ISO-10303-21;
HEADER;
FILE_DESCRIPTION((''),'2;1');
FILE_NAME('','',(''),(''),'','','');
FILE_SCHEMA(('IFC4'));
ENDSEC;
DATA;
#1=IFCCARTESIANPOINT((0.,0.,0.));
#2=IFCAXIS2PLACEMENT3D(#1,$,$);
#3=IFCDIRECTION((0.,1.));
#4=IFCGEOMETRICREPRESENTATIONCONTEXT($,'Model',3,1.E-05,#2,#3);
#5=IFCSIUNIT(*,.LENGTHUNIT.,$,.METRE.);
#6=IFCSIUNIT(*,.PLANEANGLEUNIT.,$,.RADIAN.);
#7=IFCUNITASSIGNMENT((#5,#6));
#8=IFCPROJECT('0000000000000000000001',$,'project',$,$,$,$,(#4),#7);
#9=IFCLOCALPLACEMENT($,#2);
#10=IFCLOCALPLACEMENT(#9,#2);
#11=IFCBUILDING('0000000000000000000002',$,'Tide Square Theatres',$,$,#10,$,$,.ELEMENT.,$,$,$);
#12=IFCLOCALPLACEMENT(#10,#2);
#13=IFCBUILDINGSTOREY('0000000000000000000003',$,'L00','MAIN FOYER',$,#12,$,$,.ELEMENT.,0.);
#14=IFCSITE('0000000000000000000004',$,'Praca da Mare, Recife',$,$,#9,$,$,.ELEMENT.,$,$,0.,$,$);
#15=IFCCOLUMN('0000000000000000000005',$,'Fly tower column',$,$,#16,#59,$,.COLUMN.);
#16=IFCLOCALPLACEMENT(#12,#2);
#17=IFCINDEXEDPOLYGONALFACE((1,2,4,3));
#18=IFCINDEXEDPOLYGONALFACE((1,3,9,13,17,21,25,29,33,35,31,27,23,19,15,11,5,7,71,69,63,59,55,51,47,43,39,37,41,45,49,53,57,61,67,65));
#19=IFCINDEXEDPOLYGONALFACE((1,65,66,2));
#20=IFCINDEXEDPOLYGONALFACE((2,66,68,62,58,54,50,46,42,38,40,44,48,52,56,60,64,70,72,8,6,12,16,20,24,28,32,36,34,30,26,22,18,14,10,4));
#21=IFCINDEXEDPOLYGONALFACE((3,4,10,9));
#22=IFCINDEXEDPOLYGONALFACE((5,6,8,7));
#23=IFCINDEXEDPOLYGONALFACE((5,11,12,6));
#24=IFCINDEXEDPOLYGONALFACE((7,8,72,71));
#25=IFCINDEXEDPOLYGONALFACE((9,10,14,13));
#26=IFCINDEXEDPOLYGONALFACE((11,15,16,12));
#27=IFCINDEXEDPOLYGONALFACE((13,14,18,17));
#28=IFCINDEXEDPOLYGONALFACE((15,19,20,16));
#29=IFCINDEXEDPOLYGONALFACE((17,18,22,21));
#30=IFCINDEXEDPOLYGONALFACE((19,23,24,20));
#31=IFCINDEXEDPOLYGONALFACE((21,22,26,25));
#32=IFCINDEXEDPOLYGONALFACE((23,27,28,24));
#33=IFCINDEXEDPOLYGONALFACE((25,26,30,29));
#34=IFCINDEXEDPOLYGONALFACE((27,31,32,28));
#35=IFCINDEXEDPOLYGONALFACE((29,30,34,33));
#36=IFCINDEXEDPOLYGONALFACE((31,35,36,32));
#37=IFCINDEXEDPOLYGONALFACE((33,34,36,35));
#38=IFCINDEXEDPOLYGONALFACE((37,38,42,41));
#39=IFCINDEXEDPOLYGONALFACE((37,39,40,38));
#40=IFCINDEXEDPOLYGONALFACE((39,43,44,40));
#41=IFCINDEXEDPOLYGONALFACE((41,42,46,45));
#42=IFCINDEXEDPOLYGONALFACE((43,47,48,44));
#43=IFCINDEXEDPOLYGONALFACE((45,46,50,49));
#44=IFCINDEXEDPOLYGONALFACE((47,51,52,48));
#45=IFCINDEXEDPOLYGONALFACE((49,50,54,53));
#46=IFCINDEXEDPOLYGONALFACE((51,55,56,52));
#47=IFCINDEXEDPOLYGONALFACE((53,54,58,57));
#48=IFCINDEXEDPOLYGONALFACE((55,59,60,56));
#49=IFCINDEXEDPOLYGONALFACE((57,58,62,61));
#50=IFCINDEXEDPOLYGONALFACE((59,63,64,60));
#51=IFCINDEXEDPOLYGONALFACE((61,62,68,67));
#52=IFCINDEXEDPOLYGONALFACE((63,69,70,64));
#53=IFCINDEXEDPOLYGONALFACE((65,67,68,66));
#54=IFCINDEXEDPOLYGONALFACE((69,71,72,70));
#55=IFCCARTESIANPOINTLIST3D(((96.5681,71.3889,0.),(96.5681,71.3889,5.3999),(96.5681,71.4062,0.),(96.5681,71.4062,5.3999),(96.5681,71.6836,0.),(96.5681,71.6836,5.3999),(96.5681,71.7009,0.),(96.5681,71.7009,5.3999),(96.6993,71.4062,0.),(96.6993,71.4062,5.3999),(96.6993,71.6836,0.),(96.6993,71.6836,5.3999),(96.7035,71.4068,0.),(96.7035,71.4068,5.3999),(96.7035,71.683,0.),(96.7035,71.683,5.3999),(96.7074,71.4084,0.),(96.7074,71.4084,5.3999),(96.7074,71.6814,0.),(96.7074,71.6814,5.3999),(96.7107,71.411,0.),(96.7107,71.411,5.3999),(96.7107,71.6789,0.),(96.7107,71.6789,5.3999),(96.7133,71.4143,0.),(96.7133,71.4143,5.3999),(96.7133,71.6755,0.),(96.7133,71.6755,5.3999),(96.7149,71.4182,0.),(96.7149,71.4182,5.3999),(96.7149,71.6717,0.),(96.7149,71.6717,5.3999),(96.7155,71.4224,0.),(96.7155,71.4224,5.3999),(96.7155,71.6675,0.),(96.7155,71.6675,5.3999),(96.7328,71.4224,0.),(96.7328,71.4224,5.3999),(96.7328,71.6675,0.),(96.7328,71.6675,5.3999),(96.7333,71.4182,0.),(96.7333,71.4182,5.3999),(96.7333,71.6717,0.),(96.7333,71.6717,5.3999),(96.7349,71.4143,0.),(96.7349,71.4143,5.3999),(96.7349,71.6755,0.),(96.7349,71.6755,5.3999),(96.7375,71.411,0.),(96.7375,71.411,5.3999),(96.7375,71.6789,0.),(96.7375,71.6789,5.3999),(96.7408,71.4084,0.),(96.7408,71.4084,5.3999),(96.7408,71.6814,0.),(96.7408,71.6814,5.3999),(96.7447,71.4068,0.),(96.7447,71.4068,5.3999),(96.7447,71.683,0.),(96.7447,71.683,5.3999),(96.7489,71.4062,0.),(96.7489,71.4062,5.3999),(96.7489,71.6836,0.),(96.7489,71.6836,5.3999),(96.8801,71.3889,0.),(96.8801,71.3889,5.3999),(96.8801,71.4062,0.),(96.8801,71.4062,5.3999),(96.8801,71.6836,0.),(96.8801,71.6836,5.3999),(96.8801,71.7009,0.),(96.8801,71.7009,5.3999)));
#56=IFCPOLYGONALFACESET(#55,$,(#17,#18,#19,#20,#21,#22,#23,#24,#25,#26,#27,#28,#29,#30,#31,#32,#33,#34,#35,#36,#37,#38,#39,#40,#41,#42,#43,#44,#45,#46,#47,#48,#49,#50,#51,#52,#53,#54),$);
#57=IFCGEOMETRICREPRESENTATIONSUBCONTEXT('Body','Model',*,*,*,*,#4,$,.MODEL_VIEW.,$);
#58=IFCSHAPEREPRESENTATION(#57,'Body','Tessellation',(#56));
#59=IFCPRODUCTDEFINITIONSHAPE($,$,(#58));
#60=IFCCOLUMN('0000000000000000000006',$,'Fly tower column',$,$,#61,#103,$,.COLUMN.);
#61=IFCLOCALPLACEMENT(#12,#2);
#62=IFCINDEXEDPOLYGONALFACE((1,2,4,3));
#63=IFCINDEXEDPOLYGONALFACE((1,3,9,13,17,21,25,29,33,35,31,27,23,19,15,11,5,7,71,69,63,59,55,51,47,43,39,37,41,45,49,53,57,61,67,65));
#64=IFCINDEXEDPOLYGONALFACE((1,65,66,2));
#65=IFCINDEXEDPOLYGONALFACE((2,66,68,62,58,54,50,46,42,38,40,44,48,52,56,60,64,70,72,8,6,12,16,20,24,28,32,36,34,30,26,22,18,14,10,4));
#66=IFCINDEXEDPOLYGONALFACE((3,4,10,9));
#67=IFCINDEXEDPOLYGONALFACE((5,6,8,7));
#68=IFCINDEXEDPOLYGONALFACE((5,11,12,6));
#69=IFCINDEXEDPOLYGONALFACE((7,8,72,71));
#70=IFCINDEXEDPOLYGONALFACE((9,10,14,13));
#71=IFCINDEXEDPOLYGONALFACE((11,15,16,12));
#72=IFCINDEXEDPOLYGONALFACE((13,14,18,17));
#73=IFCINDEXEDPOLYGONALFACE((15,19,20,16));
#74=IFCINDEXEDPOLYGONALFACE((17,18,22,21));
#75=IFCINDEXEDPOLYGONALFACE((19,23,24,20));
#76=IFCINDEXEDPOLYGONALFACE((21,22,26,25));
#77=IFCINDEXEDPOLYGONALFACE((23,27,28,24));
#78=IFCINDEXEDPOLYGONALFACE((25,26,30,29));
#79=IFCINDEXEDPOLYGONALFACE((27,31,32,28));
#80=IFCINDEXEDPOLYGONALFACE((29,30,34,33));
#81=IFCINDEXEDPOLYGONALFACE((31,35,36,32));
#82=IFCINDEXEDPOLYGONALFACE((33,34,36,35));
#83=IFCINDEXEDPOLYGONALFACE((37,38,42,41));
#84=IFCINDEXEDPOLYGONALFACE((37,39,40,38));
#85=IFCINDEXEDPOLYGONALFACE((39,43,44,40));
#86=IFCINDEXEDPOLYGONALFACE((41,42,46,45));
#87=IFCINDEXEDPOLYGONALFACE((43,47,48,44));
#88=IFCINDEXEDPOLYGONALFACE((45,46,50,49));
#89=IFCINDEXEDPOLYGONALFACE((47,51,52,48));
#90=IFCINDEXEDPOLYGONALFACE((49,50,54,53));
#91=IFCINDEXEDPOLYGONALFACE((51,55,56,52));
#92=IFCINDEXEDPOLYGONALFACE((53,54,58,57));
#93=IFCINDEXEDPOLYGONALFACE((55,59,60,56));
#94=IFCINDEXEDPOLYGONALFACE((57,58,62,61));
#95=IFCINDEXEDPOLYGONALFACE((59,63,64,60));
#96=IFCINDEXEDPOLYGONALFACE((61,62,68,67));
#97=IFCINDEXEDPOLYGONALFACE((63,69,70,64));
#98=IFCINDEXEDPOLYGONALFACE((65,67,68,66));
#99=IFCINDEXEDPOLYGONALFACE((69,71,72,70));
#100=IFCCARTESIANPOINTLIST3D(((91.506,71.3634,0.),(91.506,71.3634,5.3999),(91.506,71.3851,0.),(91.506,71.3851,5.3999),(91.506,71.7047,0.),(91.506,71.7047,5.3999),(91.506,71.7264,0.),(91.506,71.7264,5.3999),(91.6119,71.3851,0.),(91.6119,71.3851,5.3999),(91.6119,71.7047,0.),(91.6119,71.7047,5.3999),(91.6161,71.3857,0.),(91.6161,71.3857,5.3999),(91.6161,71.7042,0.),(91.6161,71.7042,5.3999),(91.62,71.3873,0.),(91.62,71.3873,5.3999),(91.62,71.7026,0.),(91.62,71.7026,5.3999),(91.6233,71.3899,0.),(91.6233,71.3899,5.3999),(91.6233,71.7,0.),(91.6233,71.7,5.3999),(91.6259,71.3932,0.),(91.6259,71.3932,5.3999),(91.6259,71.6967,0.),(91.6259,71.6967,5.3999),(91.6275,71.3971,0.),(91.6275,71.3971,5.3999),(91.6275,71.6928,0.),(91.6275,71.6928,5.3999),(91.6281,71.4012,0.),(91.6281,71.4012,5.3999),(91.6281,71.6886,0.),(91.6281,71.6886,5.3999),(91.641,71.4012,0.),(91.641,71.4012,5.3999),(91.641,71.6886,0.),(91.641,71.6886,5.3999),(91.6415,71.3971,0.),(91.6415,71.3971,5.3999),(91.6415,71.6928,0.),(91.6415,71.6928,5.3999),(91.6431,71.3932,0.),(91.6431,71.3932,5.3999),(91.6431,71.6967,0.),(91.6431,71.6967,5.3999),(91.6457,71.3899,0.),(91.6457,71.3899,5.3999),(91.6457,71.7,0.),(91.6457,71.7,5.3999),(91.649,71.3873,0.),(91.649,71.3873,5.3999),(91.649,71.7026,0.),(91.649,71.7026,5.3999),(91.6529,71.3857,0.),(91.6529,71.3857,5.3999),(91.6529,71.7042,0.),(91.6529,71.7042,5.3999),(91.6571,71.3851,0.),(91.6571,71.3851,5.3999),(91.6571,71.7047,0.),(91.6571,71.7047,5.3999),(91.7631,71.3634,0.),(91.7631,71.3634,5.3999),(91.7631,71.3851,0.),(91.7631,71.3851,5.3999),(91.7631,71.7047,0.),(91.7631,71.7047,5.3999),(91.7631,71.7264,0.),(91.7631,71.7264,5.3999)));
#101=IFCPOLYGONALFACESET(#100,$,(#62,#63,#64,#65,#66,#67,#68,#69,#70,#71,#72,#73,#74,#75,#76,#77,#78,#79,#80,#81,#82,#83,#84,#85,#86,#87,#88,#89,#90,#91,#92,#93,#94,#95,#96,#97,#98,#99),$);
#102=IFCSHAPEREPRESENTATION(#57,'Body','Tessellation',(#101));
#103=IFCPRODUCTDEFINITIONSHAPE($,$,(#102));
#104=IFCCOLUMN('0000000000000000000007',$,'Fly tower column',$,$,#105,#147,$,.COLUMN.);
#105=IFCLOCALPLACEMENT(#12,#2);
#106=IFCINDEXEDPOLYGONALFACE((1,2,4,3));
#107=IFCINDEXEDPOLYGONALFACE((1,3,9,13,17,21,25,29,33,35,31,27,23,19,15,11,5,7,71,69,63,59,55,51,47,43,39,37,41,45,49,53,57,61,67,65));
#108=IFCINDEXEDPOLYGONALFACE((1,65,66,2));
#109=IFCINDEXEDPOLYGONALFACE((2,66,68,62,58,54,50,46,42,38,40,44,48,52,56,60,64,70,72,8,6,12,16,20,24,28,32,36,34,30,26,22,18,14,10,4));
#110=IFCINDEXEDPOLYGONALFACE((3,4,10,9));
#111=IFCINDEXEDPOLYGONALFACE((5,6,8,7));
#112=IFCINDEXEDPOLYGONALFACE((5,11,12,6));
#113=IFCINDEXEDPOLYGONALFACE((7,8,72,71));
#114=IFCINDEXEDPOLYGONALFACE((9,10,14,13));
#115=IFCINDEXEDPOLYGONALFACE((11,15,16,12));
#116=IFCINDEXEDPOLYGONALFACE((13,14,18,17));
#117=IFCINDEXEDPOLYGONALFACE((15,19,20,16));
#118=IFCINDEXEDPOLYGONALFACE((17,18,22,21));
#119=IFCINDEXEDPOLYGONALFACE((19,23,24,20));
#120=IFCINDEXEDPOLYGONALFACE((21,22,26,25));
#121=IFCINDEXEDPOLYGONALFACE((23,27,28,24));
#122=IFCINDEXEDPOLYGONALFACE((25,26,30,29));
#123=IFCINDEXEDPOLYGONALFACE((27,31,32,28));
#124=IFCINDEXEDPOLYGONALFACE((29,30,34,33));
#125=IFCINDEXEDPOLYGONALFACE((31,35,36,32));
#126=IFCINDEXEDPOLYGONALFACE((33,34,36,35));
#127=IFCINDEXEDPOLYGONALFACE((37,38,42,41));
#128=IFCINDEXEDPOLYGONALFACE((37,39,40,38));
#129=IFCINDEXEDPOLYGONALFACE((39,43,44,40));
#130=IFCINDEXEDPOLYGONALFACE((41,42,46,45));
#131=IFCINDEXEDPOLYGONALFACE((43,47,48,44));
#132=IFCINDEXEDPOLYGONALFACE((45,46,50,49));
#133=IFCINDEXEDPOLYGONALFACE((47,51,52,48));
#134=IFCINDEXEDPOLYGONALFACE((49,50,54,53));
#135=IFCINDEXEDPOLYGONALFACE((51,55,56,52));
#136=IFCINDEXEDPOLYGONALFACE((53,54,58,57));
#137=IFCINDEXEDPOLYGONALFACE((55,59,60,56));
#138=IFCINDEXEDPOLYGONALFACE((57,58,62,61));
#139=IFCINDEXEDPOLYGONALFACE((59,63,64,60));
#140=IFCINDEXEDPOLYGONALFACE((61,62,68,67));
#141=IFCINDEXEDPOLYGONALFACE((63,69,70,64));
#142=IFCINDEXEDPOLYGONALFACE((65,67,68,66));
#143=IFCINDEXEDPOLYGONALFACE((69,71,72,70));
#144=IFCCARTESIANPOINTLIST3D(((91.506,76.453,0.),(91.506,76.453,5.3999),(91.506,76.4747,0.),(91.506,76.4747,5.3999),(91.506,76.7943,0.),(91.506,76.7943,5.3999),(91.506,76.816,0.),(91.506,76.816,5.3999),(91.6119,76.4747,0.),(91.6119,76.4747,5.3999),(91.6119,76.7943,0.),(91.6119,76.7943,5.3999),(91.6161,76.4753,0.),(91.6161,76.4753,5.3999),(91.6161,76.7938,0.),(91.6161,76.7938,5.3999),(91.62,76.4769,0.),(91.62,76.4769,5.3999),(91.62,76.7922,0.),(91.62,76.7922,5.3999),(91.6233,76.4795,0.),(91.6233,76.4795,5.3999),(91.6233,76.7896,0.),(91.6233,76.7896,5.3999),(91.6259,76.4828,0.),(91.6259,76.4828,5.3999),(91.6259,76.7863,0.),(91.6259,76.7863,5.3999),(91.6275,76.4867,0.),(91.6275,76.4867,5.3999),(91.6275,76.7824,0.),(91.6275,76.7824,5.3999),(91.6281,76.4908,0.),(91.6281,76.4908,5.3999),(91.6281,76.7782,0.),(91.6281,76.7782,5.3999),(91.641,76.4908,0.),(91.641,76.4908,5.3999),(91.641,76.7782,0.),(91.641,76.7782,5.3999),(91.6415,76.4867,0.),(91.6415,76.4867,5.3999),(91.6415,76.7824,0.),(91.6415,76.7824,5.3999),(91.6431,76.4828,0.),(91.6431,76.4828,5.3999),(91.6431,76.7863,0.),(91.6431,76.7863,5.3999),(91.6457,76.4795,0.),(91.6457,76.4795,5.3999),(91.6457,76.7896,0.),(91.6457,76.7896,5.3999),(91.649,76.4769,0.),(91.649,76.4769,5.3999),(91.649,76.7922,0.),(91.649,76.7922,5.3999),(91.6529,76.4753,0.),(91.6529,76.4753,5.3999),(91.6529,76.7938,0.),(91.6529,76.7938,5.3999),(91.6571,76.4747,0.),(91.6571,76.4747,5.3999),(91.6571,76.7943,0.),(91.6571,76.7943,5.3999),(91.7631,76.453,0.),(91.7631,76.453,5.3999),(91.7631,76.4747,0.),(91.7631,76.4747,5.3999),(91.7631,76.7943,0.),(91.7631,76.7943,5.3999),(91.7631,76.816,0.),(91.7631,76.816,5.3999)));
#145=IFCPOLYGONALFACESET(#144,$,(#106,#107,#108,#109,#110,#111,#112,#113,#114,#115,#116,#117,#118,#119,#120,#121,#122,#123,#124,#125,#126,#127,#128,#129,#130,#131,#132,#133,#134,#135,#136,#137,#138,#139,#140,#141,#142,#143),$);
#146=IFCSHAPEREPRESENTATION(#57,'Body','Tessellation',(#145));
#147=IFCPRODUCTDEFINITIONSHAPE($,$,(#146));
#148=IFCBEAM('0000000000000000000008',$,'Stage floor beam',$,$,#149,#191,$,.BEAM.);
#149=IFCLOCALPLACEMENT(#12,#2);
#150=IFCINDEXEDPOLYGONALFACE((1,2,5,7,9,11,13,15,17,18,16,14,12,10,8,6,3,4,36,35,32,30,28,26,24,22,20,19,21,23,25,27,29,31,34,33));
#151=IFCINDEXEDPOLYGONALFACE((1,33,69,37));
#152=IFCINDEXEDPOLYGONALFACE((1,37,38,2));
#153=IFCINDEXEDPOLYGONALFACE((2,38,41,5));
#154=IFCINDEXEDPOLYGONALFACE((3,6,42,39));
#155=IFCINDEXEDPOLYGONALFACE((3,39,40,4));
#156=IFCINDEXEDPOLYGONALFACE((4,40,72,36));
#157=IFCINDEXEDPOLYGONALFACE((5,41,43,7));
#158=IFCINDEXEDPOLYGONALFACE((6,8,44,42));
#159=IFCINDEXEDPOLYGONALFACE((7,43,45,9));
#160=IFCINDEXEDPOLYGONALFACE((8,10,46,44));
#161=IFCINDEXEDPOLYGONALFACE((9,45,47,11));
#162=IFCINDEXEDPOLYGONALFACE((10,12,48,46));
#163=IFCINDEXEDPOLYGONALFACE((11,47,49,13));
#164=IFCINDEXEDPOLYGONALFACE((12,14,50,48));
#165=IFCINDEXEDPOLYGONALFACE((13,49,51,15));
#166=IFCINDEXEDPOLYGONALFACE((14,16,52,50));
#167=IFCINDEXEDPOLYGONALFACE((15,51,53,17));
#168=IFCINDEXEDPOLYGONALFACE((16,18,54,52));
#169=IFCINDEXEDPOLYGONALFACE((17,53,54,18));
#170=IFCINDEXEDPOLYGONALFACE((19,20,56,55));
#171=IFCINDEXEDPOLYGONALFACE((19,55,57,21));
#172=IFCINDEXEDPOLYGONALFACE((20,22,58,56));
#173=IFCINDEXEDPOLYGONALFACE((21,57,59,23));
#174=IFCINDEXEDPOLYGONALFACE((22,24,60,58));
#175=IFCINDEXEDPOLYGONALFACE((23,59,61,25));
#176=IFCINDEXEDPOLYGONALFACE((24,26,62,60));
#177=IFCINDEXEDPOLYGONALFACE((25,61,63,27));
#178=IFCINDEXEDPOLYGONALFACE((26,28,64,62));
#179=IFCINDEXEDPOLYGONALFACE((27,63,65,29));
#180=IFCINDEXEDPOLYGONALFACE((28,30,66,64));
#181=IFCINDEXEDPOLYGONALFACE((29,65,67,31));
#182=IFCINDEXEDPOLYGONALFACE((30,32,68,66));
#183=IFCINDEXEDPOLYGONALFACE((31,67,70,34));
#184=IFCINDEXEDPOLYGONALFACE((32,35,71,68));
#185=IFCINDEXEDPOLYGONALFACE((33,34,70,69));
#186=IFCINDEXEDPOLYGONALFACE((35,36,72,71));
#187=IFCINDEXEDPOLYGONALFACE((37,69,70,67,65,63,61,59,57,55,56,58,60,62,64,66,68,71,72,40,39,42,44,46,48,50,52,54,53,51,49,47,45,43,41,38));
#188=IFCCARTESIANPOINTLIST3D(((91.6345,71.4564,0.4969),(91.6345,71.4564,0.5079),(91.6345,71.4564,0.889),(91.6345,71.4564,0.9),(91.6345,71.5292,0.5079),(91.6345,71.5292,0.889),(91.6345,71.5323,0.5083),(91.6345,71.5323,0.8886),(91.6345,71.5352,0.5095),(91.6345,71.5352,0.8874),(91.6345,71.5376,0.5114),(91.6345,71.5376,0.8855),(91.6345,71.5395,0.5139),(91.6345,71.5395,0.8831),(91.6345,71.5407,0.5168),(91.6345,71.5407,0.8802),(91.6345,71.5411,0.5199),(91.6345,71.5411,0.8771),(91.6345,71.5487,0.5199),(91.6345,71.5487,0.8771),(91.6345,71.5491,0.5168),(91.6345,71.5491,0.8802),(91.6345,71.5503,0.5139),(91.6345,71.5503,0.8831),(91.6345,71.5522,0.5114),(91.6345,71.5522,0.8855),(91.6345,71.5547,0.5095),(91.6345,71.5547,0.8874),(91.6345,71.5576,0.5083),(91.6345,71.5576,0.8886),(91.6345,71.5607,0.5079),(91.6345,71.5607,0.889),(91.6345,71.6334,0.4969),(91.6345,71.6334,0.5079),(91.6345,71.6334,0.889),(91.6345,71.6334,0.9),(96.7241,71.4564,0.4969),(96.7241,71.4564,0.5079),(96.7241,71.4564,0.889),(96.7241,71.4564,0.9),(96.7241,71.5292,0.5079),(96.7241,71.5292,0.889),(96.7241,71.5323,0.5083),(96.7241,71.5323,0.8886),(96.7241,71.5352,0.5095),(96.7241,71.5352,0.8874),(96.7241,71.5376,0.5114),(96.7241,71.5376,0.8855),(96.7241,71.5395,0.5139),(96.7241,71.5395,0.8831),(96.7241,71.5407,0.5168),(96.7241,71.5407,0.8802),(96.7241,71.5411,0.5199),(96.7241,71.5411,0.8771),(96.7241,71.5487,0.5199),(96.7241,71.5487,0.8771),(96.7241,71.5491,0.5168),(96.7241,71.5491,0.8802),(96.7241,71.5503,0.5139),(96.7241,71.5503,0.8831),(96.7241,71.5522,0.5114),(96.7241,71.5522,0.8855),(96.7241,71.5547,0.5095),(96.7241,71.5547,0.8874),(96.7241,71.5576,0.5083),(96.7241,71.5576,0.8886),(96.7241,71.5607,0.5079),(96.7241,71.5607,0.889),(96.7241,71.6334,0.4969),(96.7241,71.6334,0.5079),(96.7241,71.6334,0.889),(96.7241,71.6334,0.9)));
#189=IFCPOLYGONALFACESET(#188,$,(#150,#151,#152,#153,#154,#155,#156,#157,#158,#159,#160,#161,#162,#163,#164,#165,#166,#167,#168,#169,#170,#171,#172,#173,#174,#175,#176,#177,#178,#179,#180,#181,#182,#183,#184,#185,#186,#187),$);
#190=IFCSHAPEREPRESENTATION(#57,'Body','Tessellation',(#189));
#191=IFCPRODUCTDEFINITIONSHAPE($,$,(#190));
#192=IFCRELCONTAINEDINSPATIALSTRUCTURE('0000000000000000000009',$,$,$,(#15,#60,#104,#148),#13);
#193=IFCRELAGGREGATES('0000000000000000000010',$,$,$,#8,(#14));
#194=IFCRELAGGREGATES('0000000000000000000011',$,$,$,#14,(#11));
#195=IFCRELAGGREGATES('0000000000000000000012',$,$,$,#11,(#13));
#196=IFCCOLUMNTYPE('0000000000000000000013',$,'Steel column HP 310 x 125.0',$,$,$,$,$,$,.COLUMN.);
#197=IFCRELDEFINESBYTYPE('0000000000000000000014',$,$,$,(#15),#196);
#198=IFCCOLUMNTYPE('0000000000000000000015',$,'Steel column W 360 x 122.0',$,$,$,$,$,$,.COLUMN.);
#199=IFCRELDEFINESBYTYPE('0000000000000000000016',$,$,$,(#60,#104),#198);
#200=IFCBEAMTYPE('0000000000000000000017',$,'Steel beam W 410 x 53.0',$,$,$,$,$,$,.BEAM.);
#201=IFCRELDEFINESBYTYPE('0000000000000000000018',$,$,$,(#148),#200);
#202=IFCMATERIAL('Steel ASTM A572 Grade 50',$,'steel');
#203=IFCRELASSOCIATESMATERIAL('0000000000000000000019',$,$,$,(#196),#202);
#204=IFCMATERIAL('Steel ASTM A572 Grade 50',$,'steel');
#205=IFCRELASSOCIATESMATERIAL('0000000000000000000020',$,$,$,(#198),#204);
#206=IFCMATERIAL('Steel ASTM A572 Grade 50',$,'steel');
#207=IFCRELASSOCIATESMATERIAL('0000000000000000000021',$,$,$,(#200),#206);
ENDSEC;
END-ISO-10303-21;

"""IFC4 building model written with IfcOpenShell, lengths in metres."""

from ifc_helpers import new_model, si_unit, direction, frame, origin, origin_2d, place, context, subcontext, project, spatial, i_section, extrude, material, material_profile, profile_set, type_object, element, save


model = new_model("IFC4")

# Units and contexts
model_context = context("Model", 3, precision=1e-05, world=origin(), true_north=direction((0.0, 1.0)))
body_context = subcontext(model_context, "Body", "Model", "MODEL_VIEW")
ifc_project = project(units=[si_unit("LENGTHUNIT", "METRE"), si_unit("PLANEANGLEUNIT", "RADIAN")], contexts=[model_context])

# Site, building, storey
site_placement = place(None, origin())
site = spatial("IfcSite", under=ifc_project, at=site_placement, Name="Praca da Mare, Recife", CompositionType="ELEMENT", RefElevation=0.0)
building_placement = place(site_placement, origin())
building = spatial("IfcBuilding", under=site, at=building_placement, Name="Tide Square Theatres", CompositionType="ELEMENT")
storey_placement = place(building_placement, origin())
storey = spatial("IfcBuildingStorey", under=building, at=storey_placement, Name="L00", Description="MAIN FOYER", CompositionType="ELEMENT", Elevation=0.0)

# Columns
ifc_material_1 = material(Name="Steel ASTM A572 Grade 50", Category="steel")
ifc_material_profile_1 = material_profile(ifc_material_1, i_section(OverallWidth=0.312, OverallDepth=0.312, WebThickness=0.0173, FlangeThickness=0.0173, FilletRadius=0.0161, at=origin_2d()))
ifc_profile_set_1 = profile_set([ifc_material_profile_1], Name="Steel ASTM A572 Grade 50")
column_type_1 = type_object("IfcColumnType", Name="Steel column HP 310 x 125.0", PredefinedType="COLUMN", material=ifc_profile_set_1)
column_placement = place(storey_placement, frame((96.7241, 71.5449, 0.0), z_axis=(0.0, 0.0, 1.0), x_axis=(1.0, 0.0, 0.0)))
element("IfcColumn", 1, at=column_placement, inside=storey, type_object=column_type_1, Name="Fly tower column", PredefinedType="COLUMN", context=body_context, shape_type="SweptSolid", body=[
    extrude(i_section(OverallWidth=0.312, OverallDepth=0.312, WebThickness=0.0173, FlangeThickness=0.0173, FilletRadius=0.0161, at=origin_2d()), origin(), (0.0, 0.0, 1.0), 5.3999),
])
ifc_material_2 = material(Name="Steel ASTM A572 Grade 50", Category="steel")
ifc_material_profile_2 = material_profile(ifc_material_2, i_section(OverallWidth=0.2571, OverallDepth=0.363, WebThickness=0.0129, FlangeThickness=0.0217, FilletRadius=0.0161, at=origin_2d()))
ifc_profile_set_2 = profile_set([ifc_material_profile_2], Name="Steel ASTM A572 Grade 50")
column_type_2 = type_object("IfcColumnType", Name="Steel column W 360 x 122.0", PredefinedType="COLUMN", material=ifc_profile_set_2)
for number, where, z_axis, x_axis, name in (
    (2, (91.6345, 71.5449, 0.0), (0.0, 0.0, 1.0), (1.0, 0.0, 0.0), "Fly tower column"),
    (3, (91.6345, 76.6345, 0.0), (0.0, 0.0, 1.0), (1.0, 0.0, 0.0), "Fly tower column"),
):
    element("IfcColumn", number, at=place(storey_placement, frame(where, z_axis=z_axis, x_axis=x_axis)), inside=storey, type_object=column_type_2, Name=name, PredefinedType="COLUMN", context=body_context, shape_type="SweptSolid", body=[
        extrude(i_section(OverallWidth=0.2571, OverallDepth=0.363, WebThickness=0.0129, FlangeThickness=0.0217, FilletRadius=0.0161, at=origin_2d()), origin(), (0.0, 0.0, 1.0), 5.3999),
    ])

# Beam
ifc_material_3 = material(Name="Steel ASTM A572 Grade 50", Category="steel")
ifc_material_profile_3 = material_profile(ifc_material_3, i_section(OverallWidth=0.177, OverallDepth=0.4031, WebThickness=0.0076, FlangeThickness=0.011, FilletRadius=0.012, at=origin_2d()))
ifc_profile_set_3 = profile_set([ifc_material_profile_3], Name="Steel ASTM A572 Grade 50")
beam_type = type_object("IfcBeamType", Name="Steel beam W 410 x 53.0", PredefinedType="BEAM", material=ifc_profile_set_3)
for number, where, z_axis, x_axis, name in (
    (4, (91.6345, 71.5449, 0.6985), (1.0, 0.0, 0.0), (0.0, 1.0, 0.0), "Stage floor beam"),
):
    element("IfcBeam", number, at=place(storey_placement, frame(where, z_axis=z_axis, x_axis=x_axis)), inside=storey, type_object=beam_type, Name=name, PredefinedType="BEAM", context=body_context, shape_type="SweptSolid", body=[
        extrude(i_section(OverallWidth=0.177, OverallDepth=0.4031, WebThickness=0.0076, FlangeThickness=0.011, FilletRadius=0.012, at=origin_2d()), origin(), (0.0, 0.0, 1.0), 5.0896),
    ])

save(model, "model.ifc")
